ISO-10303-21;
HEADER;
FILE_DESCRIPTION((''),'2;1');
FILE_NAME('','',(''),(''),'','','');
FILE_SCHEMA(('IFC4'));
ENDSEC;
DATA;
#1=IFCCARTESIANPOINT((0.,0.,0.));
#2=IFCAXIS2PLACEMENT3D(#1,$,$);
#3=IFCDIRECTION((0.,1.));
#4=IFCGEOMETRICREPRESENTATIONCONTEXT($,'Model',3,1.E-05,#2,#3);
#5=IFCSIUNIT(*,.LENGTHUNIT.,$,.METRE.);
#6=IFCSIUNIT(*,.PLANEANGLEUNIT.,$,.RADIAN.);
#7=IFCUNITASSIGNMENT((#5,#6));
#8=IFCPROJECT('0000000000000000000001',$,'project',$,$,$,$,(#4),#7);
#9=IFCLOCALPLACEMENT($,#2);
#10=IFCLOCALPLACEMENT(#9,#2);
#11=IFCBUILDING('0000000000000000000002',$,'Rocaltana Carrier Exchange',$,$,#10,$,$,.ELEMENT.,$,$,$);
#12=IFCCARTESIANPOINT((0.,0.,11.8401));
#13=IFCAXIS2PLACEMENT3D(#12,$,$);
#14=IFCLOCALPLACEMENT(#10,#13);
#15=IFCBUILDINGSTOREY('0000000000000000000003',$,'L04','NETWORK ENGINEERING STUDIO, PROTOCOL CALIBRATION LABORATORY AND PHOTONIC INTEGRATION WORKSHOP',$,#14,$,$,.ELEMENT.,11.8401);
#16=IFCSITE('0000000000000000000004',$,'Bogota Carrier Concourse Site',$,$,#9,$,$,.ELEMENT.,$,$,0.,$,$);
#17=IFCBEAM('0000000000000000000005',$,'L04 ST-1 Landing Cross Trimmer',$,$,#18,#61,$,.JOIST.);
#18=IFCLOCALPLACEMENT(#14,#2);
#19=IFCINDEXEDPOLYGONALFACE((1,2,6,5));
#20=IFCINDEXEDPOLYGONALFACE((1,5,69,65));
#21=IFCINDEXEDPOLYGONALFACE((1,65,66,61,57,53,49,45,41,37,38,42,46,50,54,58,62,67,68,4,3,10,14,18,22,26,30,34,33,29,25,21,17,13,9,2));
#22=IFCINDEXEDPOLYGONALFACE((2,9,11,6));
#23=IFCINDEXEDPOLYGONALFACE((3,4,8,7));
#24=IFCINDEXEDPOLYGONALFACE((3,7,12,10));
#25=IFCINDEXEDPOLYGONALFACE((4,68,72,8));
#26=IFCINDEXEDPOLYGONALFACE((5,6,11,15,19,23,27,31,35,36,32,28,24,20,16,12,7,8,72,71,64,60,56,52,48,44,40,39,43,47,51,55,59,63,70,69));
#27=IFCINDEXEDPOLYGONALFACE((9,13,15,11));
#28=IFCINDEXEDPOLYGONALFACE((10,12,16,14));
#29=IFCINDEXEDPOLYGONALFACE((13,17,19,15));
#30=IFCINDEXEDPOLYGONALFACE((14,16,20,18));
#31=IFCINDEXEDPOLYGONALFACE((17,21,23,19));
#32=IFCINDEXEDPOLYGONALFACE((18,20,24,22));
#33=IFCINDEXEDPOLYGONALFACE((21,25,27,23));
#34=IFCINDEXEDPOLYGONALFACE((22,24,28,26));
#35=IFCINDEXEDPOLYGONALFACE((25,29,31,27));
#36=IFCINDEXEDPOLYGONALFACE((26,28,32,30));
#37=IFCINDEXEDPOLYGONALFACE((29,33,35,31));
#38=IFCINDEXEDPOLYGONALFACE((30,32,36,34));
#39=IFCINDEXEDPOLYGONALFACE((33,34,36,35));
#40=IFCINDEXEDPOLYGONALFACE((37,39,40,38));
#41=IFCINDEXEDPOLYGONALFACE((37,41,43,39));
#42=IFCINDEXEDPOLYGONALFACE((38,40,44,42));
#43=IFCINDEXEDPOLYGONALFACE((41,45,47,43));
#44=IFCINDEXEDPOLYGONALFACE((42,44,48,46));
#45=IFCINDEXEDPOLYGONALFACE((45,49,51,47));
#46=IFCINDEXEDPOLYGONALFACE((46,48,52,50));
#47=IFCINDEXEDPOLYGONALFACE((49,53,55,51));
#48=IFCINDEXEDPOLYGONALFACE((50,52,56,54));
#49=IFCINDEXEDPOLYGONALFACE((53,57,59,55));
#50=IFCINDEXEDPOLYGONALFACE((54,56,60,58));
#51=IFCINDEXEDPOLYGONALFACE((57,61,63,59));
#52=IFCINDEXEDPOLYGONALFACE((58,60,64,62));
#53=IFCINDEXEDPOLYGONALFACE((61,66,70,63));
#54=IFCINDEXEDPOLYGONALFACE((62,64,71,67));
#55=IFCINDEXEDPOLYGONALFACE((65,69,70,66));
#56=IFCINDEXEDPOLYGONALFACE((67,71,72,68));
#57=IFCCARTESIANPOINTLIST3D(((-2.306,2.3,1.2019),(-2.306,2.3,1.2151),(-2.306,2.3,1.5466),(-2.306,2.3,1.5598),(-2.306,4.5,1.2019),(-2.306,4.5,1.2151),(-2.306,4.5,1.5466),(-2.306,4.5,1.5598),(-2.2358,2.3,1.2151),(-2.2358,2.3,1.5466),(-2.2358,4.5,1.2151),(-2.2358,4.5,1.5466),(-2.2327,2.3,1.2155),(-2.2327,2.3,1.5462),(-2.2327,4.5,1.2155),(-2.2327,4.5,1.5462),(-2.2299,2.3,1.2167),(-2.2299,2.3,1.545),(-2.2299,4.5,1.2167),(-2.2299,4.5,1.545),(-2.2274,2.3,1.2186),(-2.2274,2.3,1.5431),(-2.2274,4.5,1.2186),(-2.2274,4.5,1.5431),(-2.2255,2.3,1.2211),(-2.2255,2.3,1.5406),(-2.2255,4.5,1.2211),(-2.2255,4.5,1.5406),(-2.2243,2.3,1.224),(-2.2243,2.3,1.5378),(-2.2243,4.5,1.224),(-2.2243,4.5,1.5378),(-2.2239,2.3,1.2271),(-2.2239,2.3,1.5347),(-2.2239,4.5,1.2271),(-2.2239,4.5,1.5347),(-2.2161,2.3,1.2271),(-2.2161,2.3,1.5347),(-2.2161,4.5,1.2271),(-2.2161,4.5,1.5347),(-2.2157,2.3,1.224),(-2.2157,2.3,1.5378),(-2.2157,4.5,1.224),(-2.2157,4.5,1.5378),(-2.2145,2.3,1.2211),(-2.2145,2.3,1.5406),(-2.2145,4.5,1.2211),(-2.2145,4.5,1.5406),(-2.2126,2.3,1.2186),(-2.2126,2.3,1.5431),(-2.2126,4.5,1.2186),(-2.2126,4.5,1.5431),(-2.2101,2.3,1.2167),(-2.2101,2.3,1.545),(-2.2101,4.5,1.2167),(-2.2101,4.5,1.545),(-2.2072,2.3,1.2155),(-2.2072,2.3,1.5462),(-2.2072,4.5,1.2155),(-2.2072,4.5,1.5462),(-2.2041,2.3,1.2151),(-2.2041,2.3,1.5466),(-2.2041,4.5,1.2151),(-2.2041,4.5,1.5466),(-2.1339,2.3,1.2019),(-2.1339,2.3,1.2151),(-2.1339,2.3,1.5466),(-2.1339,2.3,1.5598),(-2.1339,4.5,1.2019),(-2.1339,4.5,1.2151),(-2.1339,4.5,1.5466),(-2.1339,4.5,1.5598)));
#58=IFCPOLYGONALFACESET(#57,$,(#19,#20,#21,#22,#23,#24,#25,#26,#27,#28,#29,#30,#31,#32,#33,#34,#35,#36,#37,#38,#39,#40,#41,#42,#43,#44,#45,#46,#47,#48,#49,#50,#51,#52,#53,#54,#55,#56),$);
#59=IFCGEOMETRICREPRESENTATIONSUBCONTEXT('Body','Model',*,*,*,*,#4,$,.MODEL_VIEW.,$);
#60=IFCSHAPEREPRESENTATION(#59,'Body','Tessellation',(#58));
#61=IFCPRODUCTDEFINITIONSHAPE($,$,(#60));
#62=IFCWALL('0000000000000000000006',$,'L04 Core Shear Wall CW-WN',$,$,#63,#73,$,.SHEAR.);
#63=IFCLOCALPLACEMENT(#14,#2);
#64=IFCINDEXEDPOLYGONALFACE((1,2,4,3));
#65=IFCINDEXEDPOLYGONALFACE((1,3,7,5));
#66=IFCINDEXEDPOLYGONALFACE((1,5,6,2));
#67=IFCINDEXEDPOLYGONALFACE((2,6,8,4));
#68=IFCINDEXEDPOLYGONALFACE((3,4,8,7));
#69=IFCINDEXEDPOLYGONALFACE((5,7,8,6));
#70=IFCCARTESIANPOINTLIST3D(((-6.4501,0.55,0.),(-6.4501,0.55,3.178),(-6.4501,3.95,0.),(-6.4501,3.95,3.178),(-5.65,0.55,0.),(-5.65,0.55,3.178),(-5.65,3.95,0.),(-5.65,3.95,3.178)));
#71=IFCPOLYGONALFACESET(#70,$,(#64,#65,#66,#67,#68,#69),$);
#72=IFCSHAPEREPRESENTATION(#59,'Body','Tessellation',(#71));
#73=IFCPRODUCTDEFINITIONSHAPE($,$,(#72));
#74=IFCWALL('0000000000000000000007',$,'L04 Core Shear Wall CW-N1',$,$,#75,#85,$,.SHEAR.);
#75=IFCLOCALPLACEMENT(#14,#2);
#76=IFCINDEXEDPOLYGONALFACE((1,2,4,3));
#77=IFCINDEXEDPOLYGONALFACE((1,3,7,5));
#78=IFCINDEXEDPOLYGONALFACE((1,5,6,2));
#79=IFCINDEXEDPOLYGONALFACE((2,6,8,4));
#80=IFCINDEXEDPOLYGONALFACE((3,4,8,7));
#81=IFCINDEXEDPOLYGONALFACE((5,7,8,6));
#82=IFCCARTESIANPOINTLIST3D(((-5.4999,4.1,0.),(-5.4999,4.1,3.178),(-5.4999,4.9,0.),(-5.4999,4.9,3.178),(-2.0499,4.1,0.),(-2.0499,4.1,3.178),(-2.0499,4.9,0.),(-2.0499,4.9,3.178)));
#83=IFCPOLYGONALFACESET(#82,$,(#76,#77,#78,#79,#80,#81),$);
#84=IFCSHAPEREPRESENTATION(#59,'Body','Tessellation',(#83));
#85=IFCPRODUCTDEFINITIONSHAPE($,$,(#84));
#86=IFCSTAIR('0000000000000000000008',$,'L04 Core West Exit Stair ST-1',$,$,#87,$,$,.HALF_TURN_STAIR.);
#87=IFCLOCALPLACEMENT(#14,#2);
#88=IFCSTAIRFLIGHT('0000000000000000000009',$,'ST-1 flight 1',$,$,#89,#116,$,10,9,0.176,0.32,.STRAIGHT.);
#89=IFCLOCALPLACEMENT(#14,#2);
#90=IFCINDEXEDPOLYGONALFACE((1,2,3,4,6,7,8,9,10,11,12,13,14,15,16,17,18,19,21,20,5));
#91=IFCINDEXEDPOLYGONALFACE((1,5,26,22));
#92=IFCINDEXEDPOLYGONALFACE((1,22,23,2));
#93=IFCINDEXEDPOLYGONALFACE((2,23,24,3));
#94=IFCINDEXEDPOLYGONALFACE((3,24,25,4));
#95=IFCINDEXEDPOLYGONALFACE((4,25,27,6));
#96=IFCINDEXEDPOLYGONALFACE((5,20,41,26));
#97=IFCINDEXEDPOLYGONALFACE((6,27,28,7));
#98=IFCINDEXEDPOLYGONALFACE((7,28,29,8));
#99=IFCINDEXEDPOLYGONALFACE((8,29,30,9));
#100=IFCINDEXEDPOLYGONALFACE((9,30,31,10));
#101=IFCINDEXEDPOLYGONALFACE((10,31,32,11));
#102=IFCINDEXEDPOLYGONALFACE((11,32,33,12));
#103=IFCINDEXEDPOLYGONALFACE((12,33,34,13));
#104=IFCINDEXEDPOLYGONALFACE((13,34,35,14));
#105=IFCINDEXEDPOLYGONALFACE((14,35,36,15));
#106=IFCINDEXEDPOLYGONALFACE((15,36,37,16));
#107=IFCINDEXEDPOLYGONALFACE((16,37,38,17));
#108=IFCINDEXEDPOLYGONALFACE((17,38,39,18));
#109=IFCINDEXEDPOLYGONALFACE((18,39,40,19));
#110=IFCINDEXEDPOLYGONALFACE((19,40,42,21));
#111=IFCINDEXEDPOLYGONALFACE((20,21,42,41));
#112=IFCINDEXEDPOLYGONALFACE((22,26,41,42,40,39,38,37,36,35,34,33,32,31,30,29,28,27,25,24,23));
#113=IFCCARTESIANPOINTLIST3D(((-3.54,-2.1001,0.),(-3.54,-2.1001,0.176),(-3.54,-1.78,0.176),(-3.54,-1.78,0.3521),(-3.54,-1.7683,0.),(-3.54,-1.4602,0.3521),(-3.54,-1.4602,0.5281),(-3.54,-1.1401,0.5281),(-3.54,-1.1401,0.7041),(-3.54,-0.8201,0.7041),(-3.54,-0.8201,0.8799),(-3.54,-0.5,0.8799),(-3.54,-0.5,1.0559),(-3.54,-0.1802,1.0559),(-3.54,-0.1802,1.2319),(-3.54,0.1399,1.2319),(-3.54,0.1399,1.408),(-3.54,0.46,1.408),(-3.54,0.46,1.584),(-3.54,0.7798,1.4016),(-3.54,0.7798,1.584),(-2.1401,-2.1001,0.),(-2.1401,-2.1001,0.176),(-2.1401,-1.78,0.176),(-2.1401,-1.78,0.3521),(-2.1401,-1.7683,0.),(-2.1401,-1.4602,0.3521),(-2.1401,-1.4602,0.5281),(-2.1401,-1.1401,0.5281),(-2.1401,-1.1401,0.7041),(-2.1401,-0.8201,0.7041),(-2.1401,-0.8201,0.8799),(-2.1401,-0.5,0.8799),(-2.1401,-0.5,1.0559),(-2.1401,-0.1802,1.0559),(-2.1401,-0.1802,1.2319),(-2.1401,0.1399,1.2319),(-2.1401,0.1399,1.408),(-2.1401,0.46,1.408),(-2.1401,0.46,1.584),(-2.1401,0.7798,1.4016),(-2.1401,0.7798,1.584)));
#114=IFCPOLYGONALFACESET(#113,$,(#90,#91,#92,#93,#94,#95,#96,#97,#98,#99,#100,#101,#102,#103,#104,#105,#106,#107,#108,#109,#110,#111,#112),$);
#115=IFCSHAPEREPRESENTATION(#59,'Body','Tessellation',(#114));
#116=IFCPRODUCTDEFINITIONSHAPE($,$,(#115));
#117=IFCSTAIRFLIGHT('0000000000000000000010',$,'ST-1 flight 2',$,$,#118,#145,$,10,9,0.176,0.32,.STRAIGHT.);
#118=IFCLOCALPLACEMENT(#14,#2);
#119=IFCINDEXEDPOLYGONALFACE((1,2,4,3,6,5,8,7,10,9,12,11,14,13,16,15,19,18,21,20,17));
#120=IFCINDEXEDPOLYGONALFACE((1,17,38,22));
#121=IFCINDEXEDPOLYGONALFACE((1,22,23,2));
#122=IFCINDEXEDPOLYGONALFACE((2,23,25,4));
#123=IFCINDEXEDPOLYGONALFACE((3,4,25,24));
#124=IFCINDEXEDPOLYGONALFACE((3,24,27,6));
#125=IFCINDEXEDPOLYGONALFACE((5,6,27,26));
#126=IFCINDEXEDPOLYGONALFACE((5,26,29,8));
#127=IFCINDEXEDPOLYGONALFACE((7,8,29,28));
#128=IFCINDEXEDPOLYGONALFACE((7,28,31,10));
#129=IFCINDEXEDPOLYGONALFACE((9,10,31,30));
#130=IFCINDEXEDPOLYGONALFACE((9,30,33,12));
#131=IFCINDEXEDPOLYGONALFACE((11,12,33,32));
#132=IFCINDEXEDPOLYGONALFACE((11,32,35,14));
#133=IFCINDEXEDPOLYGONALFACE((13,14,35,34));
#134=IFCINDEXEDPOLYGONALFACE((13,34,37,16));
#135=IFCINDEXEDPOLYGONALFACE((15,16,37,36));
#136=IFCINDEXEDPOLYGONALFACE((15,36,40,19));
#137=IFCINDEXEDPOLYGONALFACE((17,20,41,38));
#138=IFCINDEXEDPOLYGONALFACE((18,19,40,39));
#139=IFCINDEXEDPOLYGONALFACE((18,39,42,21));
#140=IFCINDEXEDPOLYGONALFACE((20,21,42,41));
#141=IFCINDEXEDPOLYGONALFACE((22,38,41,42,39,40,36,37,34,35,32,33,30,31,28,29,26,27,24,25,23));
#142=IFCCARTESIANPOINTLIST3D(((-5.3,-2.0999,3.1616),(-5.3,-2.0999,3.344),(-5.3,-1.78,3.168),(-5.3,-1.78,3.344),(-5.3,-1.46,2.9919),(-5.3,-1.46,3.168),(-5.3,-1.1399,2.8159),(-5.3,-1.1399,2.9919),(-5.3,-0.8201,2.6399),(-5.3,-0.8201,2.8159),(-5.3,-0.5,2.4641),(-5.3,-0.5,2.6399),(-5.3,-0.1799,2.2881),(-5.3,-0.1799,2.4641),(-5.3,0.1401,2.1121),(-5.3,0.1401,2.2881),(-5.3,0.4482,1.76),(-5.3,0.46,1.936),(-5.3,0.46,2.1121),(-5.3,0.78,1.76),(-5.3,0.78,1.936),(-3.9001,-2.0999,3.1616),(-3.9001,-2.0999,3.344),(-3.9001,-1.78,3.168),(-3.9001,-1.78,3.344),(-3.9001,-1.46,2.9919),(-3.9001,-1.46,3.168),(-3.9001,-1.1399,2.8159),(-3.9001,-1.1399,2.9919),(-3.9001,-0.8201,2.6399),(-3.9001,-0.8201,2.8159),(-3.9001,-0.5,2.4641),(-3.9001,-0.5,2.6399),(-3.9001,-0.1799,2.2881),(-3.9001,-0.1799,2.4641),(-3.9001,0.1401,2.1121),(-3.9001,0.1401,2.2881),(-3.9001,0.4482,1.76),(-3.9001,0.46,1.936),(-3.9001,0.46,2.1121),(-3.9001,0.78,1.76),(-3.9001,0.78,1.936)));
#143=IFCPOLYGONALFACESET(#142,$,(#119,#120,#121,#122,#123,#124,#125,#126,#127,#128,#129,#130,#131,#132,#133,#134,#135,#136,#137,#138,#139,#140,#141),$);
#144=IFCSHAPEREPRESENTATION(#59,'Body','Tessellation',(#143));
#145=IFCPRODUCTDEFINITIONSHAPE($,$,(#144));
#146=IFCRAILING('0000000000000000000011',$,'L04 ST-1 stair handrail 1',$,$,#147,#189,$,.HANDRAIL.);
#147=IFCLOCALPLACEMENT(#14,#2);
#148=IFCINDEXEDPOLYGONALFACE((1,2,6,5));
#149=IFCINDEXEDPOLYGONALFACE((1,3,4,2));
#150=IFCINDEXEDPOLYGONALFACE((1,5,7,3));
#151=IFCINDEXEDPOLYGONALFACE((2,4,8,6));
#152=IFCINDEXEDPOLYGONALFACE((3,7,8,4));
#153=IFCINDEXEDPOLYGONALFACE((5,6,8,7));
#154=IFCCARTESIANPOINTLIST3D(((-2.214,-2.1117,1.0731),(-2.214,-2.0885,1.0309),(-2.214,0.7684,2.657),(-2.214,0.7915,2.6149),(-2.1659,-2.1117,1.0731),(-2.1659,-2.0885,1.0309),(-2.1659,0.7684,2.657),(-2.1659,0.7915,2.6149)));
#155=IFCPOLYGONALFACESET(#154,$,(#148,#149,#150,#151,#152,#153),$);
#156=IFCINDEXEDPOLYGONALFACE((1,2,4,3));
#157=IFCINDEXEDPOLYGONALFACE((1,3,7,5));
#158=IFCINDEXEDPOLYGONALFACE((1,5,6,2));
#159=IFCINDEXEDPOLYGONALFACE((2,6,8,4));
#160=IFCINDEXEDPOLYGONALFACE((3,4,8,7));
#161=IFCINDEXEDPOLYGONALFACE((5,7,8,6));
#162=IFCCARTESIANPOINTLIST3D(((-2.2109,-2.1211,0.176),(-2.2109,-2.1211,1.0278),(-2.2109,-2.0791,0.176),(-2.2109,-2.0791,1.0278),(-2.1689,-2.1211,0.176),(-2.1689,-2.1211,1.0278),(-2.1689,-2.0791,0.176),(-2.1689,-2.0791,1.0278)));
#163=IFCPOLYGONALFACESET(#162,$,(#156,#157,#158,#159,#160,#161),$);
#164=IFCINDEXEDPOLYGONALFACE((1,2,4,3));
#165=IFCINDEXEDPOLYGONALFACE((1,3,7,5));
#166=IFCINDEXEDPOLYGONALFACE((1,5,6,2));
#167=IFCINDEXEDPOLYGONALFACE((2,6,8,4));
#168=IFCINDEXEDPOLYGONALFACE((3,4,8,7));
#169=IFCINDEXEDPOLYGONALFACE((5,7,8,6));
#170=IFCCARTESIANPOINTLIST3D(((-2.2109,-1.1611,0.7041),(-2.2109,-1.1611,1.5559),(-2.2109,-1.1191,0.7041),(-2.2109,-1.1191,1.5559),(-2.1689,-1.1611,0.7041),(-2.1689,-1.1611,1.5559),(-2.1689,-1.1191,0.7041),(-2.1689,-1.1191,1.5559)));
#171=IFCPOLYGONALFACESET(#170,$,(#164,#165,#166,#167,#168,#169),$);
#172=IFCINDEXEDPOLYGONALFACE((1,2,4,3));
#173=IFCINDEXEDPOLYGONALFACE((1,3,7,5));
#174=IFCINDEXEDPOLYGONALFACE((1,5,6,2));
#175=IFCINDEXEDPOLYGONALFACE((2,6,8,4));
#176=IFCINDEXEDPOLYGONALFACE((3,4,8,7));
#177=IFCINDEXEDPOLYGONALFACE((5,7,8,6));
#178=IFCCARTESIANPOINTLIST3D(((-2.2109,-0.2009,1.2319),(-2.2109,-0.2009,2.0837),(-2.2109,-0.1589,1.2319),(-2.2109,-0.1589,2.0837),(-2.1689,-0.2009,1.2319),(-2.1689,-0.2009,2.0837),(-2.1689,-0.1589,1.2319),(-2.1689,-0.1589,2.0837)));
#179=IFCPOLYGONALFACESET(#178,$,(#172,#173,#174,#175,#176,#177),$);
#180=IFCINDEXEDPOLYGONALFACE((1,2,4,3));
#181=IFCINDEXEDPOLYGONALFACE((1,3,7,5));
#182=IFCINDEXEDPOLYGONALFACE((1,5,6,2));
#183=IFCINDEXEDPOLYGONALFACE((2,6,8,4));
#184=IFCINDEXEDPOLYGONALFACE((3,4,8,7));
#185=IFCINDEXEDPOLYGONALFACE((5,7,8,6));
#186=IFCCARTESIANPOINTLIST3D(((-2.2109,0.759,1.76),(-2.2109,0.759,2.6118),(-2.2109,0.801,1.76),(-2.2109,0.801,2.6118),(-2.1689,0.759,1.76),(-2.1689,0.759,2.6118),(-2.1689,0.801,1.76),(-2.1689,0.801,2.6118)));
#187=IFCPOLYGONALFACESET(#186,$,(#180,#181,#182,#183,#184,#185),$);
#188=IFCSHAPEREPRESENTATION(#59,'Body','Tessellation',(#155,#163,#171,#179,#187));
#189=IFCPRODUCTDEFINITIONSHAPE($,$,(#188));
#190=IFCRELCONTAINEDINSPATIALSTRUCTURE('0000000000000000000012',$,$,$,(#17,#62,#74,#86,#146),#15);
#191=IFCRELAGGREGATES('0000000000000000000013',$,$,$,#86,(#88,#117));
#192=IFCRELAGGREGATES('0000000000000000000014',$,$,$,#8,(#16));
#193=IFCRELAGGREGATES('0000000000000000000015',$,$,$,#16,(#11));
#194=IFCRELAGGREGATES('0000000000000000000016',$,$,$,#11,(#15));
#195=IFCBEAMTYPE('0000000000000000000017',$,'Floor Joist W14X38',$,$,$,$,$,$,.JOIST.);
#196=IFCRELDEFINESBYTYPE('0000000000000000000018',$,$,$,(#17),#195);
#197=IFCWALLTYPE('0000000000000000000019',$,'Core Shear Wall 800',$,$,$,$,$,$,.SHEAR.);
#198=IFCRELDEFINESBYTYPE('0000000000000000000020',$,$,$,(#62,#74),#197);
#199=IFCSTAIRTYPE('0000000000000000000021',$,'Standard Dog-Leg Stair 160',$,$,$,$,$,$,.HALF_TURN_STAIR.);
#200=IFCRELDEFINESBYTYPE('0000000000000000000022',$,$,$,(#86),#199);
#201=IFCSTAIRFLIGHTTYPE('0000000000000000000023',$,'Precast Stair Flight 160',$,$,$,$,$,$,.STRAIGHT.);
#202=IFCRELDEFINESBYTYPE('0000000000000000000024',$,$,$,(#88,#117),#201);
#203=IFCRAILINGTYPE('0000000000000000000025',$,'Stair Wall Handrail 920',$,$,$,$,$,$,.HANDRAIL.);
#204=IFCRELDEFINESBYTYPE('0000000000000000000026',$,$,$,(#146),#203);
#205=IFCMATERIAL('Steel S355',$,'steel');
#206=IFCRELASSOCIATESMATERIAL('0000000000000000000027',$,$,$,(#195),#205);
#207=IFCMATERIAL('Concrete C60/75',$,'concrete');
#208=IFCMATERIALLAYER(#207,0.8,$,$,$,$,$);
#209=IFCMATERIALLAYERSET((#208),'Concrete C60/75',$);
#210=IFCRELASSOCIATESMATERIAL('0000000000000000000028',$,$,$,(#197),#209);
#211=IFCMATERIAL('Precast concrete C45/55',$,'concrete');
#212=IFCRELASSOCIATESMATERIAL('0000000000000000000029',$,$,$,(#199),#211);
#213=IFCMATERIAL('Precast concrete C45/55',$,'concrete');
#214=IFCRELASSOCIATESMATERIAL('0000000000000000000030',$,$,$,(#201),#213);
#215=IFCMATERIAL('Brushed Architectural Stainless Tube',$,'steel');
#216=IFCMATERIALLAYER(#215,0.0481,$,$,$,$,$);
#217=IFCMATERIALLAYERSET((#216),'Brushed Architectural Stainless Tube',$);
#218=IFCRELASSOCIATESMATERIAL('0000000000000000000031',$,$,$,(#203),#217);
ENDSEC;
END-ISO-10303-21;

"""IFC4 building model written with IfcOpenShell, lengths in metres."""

from ifc_helpers import new_model, si_unit, direction, frame, frame_2d, origin, origin_2d, place, context, subcontext, project, spatial, polyline, rectangle, i_section, outline, extrude, material, layer, layer_set, material_profile, profile_set, type_object, element, aggregate, save


model = new_model("IFC4")

# Units and contexts
model_context = context("Model", 3, precision=1e-05, world=origin(), true_north=direction((0.0, 1.0)))
body_context = subcontext(model_context, "Body", "Model", "MODEL_VIEW")
ifc_project = project(units=[si_unit("LENGTHUNIT", "METRE"), si_unit("PLANEANGLEUNIT", "RADIAN")], contexts=[model_context])

# Site, building, storey
site_placement = place(None, origin())
site = spatial("IfcSite", under=ifc_project, at=site_placement, Name="Bogota Carrier Concourse Site", CompositionType="ELEMENT", RefElevation=0.0)
building_placement = place(site_placement, origin())
building = spatial("IfcBuilding", under=site, at=building_placement, Name="Rocaltana Carrier Exchange", CompositionType="ELEMENT")
storey_placement = place(building_placement, frame((0.0, 0.0, 11.8401)))
storey = spatial("IfcBuildingStorey", under=building, at=storey_placement, Name="L04", Description="NETWORK ENGINEERING STUDIO, PROTOCOL CALIBRATION LABORATORY AND PHOTONIC INTEGRATION WORKSHOP", CompositionType="ELEMENT", Elevation=11.8401)

# Beam
ifc_material_1 = material(Name="Steel S355", Category="steel")
ifc_material_profile_1 = material_profile(ifc_material_1, i_section(OverallWidth=0.1721, OverallDepth=0.3579, WebThickness=0.0078, FlangeThickness=0.0132, FilletRadius=0.012, at=origin_2d()), Name="W14X38")
ifc_profile_set_1 = profile_set([ifc_material_profile_1], Name="Steel S355")
beam_type = type_object("IfcBeamType", Name="Floor Joist W14X38", PredefinedType="JOIST", material=ifc_profile_set_1)
beam_placement = place(storey_placement, frame((-2.22, 2.3, 1.3809), z_axis=(0.0, 1.0, 0.0), x_axis=(-1.0, 0.0, 0.0)))
element("IfcBeam", 1, at=beam_placement, inside=storey, type_object=beam_type, Name="L04 ST-1 Landing Cross Trimmer", PredefinedType="JOIST", context=body_context, shape_type="SweptSolid", body=[
    extrude(i_section(OverallWidth=0.1721, OverallDepth=0.3579, WebThickness=0.0078, FlangeThickness=0.0132, FilletRadius=0.012, at=origin_2d()), origin(), (0.0, 0.0, 1.0), 2.2),
])

# Walls
ifc_material_2 = material(Name="Concrete C60/75", Category="concrete")
ifc_layer_1 = layer(ifc_material_2, 0.8)
ifc_layer_set_1 = layer_set([ifc_layer_1], Name="Concrete C60/75")
wall_type = type_object("IfcWallType", Name="Core Shear Wall 800", PredefinedType="SHEAR", material=ifc_layer_set_1)
wall_1_placement = place(storey_placement, frame((-6.05, 0.55, 0.0), z_axis=(0.0, 0.0, 1.0), x_axis=(0.0, 1.0, 0.0)))
element("IfcWall", 2, at=wall_1_placement, inside=storey, type_object=wall_type, Name="L04 Core Shear Wall CW-WN", PredefinedType="SHEAR", context=body_context, shape_type="SweptSolid", body=[
    extrude(rectangle(XDim=3.3999, YDim=0.8, at=frame_2d((1.7, 0.0))), origin(), (0.0, 0.0, 1.0), 3.178),
])
wall_2_placement = place(storey_placement, frame((-5.5, 4.5, 0.0), z_axis=(0.0, 0.0, 1.0), x_axis=(1.0, 0.0, 0.0)))
element("IfcWall", 3, at=wall_2_placement, inside=storey, type_object=wall_type, Name="L04 Core Shear Wall CW-N1", PredefinedType="SHEAR", context=body_context, shape_type="SweptSolid", body=[
    extrude(rectangle(XDim=3.45, YDim=0.8, at=frame_2d((1.7251, 0.0))), origin(), (0.0, 0.0, 1.0), 3.178),
])

# Stair, stair flights
ifc_material_3 = material(Name="Precast concrete C45/55", Category="concrete")
stair_type = type_object("IfcStairType", Name="Standard Dog-Leg Stair 160", PredefinedType="HALF_TURN_STAIR", material=ifc_material_3)
stair_placement = place(storey_placement, origin())
stair = element("IfcStair", 4, at=stair_placement, inside=storey, type_object=stair_type, Name="L04 Core West Exit Stair ST-1", PredefinedType="HALF_TURN_STAIR")
ifc_material_4 = material(Name="Precast concrete C45/55", Category="concrete")
stair_flight_type = type_object("IfcStairFlightType", Name="Precast Stair Flight 160", PredefinedType="STRAIGHT", material=ifc_material_4)
stair_flight_1_placement = place(storey_placement, frame((-2.8401, -2.1001, 0.0), z_axis=(0.0, 0.0, 1.0), x_axis=(0.0, 1.0, 0.0)))
stair_flight_1 = element("IfcStairFlight", 5, at=stair_flight_1_placement, type_object=stair_flight_type, Name="ST-1 flight 1", NumberOfRisers=10, NumberOfTreads=9, PredefinedType="STRAIGHT", RiserHeight=0.176, TreadLength=0.32, context=body_context, shape_type="SweptSolid", body=[
    extrude(outline(polyline([(0.0, 0.0), (0.0, 0.176), (0.3201, 0.176), (0.3201, 0.3521), (0.6399, 0.3521), (0.6399, 0.5281), (0.96, 0.5281), (0.96, 0.7041), (1.28, 0.7041), (1.28, 0.8799), (1.6001, 0.8799), (1.6001, 1.0559), (1.9199, 1.0559), (1.9199, 1.2319), (2.24, 1.2319), (2.24, 1.408), (2.5601, 1.408), (2.5601, 1.584), (2.8799, 1.584), (2.8799, 1.76), (2.8799, 1.4016), (0.3318, 0.0), (0.0, 0.0)])), frame((0.0, 0.7, 0.0), z_axis=(0.0, -1.0, 0.0), x_axis=(1.0, 0.0, 0.0)), (0.0, 0.0, 1.0), 1.3999),
])
stair_flight_2_placement = place(storey_placement, frame((-4.6001, 0.78, 1.76), z_axis=(0.0, 0.0, 1.0), x_axis=(0.0, -1.0, 0.0)))
stair_flight_2 = element("IfcStairFlight", 6, at=stair_flight_2_placement, type_object=stair_flight_type, Name="ST-1 flight 2", NumberOfRisers=10, NumberOfTreads=9, PredefinedType="STRAIGHT", RiserHeight=0.176, TreadLength=0.32, context=body_context, shape_type="SweptSolid", body=[
    extrude(outline(polyline([(0.0, 0.0), (0.0, 0.176), (0.3201, 0.176), (0.3201, 0.3521), (0.6399, 0.3521), (0.6399, 0.5281), (0.96, 0.5281), (0.96, 0.7041), (1.28, 0.7041), (1.28, 0.8799), (1.6001, 0.8799), (1.6001, 1.0559), (1.9199, 1.0559), (1.9199, 1.2319), (2.24, 1.2319), (2.24, 1.408), (2.5601, 1.408), (2.5601, 1.584), (2.8799, 1.584), (2.8799, 1.76), (2.8799, 1.4016), (0.3318, 0.0), (0.0, 0.0)])), frame((0.0, 0.7, 0.0), z_axis=(0.0, -1.0, 0.0), x_axis=(1.0, 0.0, 0.0)), (0.0, 0.0, 1.0), 1.3999),
])
aggregate(stair, [stair_flight_1, stair_flight_2])

# Railing
ifc_material_5 = material(Name="Brushed Architectural Stainless Tube", Category="steel")
ifc_layer_2 = layer(ifc_material_5, 0.0481)
ifc_layer_set_2 = layer_set([ifc_layer_2], Name="Brushed Architectural Stainless Tube")
railing_type_1 = type_object("IfcRailingType", Name="Stair Wall Handrail 920", PredefinedType="HANDRAIL", material=ifc_layer_set_2)
railing_1_placement = place(storey_placement, frame((-2.1899, -2.1001, 0.176)))
element("IfcRailing", 7, at=railing_1_placement, inside=storey, type_object=railing_type_1, Name="L04 ST-1 stair handrail 1", PredefinedType="HANDRAIL", context=body_context, shape_type="SweptSolid", body=[
    extrude(rectangle(XDim=0.0481, YDim=0.0481, at=origin_2d()), frame((0.0, 0.0, 0.876), z_axis=(0.0, 0.876227, 0.481899), x_axis=(-1.0, 0.0, 0.0)), (0.0, 0.0, 1.0), 3.2869),
    extrude(rectangle(XDim=0.042, YDim=0.042, at=origin_2d()), origin(), (0.0, 0.0, 1.0), 0.8518),
    extrude(rectangle(XDim=0.042, YDim=0.042, at=origin_2d()), frame((0.0, 0.96, 0.5281)), (0.0, 0.0, 1.0), 0.8518),
    extrude(rectangle(XDim=0.042, YDim=0.042, at=origin_2d()), frame((0.0, 1.9202, 1.0559)), (0.0, 0.0, 1.0), 0.8518),
    extrude(rectangle(XDim=0.042, YDim=0.042, at=origin_2d()), frame((0.0, 2.8801, 1.584)), (0.0, 0.0, 1.0), 0.8518),
])

save(model, "model.ifc")
